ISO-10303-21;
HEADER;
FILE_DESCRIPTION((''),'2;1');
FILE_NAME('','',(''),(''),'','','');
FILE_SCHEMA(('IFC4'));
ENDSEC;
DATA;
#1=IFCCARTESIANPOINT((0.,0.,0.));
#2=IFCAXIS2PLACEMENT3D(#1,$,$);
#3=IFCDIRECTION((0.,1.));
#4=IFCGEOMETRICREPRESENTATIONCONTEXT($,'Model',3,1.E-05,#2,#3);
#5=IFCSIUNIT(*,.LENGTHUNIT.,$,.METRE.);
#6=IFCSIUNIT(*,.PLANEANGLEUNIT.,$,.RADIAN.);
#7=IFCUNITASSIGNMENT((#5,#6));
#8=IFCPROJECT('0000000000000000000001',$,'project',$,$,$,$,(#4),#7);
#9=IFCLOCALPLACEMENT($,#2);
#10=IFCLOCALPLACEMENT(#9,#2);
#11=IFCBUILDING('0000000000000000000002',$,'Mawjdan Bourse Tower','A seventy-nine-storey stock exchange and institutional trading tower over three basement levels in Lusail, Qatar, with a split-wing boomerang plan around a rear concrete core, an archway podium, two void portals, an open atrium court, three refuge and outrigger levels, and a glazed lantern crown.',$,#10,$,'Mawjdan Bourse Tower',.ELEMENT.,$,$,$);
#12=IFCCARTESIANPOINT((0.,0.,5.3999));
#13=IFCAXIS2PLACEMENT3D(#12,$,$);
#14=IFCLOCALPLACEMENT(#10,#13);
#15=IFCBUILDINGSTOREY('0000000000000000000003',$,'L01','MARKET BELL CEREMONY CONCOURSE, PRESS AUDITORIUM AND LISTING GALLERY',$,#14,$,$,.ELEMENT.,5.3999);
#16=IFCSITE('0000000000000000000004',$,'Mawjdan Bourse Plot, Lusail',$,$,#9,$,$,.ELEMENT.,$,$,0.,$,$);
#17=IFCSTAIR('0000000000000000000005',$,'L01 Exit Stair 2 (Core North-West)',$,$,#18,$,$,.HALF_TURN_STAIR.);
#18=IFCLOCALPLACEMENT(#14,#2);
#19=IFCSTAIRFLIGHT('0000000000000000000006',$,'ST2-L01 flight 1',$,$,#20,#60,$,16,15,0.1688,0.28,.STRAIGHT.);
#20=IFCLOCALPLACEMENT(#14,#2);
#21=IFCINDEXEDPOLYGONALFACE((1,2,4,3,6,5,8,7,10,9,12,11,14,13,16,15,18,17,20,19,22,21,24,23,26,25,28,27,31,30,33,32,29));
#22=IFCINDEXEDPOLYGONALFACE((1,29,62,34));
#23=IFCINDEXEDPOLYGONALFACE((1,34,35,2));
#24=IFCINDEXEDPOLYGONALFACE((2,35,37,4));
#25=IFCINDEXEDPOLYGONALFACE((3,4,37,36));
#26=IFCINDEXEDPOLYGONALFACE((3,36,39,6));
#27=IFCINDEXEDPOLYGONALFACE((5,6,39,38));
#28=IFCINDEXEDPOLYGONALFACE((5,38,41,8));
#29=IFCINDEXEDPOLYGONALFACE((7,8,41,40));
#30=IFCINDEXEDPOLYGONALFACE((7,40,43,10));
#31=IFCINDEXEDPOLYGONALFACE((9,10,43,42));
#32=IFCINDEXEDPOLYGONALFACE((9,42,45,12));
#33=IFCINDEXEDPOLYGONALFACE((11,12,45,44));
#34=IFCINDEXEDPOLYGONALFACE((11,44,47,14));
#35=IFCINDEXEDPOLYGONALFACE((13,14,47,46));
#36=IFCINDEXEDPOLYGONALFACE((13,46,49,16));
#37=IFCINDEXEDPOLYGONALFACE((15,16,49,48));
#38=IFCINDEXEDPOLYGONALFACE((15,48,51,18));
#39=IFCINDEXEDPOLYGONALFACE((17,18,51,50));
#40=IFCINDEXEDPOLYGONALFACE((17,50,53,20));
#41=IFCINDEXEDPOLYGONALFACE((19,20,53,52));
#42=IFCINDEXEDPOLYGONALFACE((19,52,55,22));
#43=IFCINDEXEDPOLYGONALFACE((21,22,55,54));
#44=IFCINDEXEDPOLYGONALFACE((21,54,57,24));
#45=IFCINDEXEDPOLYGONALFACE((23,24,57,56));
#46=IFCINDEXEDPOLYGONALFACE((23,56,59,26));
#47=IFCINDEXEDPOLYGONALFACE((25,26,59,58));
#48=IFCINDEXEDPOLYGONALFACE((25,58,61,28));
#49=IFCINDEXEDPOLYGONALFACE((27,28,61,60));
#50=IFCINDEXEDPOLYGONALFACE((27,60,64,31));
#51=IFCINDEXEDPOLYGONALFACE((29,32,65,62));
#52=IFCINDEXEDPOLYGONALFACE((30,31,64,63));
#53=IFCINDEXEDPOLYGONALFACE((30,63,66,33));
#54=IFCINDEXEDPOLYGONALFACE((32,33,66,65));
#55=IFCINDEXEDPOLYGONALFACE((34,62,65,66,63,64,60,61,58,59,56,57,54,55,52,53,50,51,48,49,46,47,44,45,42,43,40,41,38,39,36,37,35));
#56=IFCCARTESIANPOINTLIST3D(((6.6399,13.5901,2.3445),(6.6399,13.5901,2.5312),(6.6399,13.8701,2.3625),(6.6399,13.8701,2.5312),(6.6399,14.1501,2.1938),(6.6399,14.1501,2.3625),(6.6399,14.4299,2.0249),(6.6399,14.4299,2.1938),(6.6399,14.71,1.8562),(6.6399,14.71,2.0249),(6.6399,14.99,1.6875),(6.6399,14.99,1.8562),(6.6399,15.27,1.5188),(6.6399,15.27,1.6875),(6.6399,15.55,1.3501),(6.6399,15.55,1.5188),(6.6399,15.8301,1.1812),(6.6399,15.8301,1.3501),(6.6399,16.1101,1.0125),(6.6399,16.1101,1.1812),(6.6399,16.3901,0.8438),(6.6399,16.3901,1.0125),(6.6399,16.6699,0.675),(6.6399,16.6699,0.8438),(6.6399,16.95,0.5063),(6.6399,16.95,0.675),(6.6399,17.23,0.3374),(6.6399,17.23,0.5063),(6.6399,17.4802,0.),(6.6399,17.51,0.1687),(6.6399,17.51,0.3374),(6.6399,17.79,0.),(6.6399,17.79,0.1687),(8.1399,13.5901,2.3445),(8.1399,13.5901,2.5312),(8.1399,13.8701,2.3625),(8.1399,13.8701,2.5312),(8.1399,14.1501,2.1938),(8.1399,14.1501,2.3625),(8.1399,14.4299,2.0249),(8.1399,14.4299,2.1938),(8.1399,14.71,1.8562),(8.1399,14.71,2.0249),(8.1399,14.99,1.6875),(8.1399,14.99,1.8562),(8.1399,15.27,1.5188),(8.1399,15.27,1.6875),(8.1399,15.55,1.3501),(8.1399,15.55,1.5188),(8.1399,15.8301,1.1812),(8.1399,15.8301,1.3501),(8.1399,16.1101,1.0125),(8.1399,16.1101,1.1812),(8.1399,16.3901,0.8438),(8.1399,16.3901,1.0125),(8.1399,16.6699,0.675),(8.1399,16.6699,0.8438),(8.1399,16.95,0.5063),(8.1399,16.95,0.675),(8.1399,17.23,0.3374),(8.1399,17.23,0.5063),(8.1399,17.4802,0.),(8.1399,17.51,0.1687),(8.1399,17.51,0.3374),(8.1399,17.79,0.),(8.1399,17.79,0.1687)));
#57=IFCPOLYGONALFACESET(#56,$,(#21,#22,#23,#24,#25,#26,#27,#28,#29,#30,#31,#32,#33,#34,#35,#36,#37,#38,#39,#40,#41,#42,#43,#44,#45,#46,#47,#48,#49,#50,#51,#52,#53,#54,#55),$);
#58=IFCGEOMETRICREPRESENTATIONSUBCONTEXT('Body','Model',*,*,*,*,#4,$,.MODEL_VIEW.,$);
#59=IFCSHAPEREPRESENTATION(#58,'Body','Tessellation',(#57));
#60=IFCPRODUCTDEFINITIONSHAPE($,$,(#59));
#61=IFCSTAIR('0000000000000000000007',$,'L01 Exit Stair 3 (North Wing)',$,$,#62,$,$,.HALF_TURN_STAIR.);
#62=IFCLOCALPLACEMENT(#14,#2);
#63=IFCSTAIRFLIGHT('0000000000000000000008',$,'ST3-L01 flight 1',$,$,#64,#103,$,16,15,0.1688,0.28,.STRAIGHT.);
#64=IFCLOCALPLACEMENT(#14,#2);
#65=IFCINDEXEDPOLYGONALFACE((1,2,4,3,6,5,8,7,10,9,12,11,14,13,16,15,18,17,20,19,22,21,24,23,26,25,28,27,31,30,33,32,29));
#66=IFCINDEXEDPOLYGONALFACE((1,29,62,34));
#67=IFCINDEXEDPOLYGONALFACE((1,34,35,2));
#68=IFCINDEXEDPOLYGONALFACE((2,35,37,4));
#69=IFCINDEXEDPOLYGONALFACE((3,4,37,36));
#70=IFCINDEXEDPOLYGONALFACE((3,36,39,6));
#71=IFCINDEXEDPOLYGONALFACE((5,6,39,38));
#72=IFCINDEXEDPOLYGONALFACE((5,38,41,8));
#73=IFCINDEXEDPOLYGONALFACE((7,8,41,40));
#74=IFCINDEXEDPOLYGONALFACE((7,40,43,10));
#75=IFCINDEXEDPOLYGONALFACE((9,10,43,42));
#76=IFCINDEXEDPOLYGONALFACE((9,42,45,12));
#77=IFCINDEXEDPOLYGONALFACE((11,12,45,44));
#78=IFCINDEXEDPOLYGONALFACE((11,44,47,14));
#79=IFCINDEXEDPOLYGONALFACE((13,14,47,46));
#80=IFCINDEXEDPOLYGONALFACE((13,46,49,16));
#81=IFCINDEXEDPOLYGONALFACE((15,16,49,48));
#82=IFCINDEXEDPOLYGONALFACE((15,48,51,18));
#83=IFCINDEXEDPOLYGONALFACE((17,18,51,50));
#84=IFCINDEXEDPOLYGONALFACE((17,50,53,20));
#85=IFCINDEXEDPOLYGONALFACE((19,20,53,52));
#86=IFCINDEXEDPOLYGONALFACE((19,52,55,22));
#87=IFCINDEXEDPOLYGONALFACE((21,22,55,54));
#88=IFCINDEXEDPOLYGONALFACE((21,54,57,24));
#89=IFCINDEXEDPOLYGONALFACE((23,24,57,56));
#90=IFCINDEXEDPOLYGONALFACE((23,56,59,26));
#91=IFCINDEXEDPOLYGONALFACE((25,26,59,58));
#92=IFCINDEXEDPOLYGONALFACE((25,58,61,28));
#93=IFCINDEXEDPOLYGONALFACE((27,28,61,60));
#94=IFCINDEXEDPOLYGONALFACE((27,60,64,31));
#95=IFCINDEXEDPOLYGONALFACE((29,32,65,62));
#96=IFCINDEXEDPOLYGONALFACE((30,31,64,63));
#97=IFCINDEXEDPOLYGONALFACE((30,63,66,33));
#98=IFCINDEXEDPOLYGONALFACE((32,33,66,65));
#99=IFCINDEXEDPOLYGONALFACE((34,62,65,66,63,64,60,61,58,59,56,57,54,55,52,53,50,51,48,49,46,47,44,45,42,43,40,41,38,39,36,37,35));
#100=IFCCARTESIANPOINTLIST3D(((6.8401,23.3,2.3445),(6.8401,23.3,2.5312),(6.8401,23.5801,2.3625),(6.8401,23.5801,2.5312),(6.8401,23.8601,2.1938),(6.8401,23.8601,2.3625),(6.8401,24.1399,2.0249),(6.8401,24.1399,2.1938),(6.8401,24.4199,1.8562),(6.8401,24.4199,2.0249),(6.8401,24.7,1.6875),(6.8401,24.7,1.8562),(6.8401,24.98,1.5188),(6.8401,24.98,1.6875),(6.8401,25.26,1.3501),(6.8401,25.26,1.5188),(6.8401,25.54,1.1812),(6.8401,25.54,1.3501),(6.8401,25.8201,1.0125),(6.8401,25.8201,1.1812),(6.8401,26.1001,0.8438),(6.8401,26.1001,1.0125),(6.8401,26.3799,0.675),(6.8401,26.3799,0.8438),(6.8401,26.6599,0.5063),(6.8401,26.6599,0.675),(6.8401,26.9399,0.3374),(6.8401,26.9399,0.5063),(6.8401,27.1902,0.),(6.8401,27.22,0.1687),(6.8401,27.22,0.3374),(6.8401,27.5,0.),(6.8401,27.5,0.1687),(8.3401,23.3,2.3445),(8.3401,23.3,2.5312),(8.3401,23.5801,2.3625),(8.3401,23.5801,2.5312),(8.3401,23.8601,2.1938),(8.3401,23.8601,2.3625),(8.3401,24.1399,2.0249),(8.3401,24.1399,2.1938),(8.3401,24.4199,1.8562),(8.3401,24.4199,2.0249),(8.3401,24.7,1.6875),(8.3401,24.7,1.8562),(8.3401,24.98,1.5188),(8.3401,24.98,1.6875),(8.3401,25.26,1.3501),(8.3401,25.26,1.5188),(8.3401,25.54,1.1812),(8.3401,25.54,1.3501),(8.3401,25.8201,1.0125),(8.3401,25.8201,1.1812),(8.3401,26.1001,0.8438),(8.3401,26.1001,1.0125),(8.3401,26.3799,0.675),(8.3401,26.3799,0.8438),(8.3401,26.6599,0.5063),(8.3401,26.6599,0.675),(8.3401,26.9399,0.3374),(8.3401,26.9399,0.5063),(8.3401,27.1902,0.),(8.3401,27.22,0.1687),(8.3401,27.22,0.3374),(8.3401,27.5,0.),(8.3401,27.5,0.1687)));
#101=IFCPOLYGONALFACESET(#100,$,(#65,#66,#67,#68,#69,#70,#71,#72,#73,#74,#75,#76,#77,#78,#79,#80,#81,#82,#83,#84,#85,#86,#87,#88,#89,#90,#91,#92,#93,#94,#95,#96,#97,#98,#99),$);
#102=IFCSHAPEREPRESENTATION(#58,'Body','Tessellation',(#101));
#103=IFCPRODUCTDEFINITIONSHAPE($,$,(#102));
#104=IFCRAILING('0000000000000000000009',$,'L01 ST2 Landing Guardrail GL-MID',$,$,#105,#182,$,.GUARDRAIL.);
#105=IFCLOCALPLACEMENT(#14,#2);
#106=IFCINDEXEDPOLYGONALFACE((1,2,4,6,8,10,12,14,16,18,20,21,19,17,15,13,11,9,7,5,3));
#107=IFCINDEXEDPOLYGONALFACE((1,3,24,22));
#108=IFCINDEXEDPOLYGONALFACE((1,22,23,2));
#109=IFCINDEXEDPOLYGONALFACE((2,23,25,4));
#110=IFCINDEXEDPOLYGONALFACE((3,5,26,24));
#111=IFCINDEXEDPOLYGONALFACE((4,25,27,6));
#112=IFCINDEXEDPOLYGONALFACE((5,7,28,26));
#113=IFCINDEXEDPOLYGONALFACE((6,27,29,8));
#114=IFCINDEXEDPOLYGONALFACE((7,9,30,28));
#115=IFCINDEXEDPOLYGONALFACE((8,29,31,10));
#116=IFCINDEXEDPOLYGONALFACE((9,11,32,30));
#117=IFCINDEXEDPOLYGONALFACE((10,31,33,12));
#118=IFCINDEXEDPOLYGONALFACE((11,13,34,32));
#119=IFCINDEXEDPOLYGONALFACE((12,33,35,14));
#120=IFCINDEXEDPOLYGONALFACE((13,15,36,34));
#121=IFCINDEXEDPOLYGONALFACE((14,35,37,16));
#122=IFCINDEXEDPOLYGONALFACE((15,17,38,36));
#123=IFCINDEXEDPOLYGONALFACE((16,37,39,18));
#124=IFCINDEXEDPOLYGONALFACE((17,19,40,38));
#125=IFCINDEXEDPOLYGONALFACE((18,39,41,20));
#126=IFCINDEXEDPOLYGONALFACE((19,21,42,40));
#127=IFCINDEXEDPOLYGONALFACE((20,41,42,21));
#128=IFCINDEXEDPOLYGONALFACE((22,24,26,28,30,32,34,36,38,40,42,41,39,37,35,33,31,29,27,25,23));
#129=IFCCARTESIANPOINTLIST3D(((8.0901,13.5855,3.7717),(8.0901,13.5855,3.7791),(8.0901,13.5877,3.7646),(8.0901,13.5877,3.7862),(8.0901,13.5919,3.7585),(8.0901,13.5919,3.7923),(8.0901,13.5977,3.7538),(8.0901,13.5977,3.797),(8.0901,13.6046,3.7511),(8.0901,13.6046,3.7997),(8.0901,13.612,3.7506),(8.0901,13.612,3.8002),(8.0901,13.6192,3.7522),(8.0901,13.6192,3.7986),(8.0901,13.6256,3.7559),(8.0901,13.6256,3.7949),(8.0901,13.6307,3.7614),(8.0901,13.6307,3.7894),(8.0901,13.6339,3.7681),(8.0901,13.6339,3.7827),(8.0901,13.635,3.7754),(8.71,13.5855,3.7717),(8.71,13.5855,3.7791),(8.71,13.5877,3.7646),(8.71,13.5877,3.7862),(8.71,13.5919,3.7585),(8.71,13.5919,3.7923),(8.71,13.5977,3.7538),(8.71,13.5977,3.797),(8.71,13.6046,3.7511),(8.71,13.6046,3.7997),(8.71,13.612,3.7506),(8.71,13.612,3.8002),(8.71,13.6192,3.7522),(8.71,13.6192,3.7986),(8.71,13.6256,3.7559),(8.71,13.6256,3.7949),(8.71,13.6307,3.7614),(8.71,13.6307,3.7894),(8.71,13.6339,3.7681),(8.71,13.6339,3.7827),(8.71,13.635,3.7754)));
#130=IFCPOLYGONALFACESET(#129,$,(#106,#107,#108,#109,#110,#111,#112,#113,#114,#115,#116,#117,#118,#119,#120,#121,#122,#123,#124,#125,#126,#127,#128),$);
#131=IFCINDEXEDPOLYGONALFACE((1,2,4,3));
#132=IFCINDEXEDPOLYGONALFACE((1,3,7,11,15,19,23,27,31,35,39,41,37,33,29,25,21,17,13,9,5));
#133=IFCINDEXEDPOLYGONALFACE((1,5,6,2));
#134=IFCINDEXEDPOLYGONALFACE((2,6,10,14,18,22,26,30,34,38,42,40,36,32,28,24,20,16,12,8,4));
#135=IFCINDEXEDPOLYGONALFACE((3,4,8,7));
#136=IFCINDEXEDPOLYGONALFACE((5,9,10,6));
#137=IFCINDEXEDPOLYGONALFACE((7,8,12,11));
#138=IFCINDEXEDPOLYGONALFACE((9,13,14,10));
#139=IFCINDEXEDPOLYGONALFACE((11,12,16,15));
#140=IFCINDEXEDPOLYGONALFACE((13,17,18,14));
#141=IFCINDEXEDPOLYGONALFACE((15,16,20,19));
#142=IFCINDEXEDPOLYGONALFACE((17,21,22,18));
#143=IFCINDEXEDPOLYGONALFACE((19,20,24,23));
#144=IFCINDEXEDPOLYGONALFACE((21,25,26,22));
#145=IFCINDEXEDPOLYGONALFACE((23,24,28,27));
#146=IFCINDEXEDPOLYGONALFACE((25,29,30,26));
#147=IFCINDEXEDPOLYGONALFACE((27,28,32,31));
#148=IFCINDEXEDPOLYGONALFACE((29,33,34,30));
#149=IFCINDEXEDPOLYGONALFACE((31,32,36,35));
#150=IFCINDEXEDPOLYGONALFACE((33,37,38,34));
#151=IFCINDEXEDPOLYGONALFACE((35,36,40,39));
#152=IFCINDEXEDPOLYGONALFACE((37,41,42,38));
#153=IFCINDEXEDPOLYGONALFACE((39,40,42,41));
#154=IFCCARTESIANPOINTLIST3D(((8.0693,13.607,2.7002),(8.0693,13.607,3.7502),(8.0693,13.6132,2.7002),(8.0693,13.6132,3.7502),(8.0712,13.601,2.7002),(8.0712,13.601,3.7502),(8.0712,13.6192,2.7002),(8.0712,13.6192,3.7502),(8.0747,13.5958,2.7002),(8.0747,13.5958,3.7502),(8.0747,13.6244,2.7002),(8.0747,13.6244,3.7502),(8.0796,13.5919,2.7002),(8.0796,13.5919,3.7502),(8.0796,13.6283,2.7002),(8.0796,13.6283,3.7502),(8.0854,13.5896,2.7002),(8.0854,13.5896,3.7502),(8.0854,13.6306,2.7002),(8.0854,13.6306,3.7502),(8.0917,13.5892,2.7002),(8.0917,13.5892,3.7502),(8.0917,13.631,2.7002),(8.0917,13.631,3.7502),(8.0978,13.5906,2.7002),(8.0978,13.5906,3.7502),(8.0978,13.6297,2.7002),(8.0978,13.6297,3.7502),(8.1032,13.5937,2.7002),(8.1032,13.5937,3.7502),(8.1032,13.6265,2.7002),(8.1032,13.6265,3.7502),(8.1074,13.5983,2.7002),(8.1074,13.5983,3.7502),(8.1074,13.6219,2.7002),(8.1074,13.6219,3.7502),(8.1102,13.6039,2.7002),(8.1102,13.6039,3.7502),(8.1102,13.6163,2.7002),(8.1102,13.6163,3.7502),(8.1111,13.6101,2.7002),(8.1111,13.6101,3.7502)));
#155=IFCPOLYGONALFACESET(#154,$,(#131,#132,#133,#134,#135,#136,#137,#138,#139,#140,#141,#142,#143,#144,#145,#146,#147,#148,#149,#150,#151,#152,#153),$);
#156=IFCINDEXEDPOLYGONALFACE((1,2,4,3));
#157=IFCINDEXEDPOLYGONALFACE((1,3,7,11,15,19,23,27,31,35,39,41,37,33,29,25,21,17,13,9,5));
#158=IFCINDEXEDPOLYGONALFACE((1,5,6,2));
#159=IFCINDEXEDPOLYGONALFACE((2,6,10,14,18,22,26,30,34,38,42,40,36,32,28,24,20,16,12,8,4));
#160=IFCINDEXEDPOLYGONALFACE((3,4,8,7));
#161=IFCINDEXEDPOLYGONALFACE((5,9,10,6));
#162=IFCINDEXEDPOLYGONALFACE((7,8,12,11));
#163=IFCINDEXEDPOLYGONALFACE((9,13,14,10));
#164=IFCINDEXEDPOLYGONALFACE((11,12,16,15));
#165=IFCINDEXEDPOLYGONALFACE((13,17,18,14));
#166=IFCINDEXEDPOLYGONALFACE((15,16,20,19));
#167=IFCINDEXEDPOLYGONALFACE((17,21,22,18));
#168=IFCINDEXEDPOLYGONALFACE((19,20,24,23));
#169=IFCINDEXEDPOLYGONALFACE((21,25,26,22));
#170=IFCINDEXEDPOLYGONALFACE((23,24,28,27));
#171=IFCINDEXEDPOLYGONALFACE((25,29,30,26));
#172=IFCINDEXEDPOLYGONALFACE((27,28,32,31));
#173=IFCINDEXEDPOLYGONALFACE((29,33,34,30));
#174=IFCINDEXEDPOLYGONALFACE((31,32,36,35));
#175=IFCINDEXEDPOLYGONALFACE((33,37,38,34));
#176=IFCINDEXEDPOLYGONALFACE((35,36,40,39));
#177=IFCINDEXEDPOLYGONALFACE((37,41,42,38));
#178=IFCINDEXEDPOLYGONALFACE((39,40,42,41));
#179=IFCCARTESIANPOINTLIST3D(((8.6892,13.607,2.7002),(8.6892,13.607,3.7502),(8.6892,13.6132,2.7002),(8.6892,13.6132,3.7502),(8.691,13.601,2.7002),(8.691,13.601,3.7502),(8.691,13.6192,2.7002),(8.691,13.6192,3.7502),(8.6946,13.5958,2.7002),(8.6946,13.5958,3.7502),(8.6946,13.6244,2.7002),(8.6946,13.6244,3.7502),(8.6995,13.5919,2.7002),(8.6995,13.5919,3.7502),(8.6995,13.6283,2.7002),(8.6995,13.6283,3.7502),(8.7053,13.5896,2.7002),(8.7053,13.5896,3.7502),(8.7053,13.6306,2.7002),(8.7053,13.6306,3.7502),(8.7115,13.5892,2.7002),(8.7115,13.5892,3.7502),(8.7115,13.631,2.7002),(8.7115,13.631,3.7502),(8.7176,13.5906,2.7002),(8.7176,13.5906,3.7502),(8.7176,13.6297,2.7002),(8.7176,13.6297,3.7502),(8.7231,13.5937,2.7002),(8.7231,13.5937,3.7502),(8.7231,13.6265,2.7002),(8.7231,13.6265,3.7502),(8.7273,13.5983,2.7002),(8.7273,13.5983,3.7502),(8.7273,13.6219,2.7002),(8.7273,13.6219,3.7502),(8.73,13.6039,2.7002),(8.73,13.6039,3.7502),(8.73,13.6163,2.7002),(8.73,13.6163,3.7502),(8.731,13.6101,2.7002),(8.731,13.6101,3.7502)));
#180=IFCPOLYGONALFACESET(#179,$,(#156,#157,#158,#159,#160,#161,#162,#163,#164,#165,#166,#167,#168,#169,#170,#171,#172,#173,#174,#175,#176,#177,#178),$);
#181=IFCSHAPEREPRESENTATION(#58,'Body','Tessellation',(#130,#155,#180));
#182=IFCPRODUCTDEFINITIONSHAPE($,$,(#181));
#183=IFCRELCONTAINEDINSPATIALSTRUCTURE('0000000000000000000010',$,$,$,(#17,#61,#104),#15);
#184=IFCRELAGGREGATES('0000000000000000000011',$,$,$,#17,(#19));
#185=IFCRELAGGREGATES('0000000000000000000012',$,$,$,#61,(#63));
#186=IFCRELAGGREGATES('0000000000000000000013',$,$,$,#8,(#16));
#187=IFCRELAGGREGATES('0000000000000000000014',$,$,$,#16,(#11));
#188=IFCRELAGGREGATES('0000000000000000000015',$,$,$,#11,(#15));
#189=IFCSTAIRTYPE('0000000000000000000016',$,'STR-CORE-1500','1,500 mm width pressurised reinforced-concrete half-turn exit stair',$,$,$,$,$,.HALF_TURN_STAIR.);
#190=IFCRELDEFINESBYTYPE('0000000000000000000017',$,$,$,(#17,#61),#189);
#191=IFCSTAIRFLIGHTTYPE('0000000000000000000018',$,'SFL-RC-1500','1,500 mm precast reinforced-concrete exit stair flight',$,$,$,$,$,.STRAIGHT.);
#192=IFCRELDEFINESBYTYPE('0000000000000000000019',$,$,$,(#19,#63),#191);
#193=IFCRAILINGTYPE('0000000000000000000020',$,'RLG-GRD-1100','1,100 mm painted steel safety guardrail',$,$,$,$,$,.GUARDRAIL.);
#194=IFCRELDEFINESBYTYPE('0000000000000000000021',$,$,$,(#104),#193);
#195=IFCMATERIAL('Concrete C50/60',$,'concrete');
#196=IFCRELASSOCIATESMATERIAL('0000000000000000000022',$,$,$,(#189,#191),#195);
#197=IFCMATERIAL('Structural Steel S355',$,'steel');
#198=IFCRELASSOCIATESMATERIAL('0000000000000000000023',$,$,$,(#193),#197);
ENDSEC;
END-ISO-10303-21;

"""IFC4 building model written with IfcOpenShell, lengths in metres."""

from ifc_helpers import new_model, si_unit, direction, frame, origin, origin_2d, place, context, subcontext, project, spatial, polyline, circle, outline, extrude, material, type_object, element, aggregate, save


model = new_model("IFC4")

# Units and contexts
model_context = context("Model", 3, precision=1e-05, world=origin(), true_north=direction((0.0, 1.0)))
body_context = subcontext(model_context, "Body", "Model", "MODEL_VIEW")
ifc_project = project(units=[si_unit("LENGTHUNIT", "METRE"), si_unit("PLANEANGLEUNIT", "RADIAN")], contexts=[model_context])

# Site, building, storey
site_placement = place(None, origin())
site = spatial("IfcSite", under=ifc_project, at=site_placement, Name="Mawjdan Bourse Plot, Lusail", CompositionType="ELEMENT", RefElevation=0.0)
building_placement = place(site_placement, origin())
building = spatial("IfcBuilding", under=site, at=building_placement, Name="Mawjdan Bourse Tower", Description="A seventy-nine-storey stock exchange and institutional trading tower over three basement levels in Lusail, Qatar, with a split-wing boomerang plan around a rear concrete core, an archway podium, two void portals, an open atrium court, three refuge and outrigger levels, and a glazed lantern crown.", LongName="Mawjdan Bourse Tower", CompositionType="ELEMENT")
storey_placement = place(building_placement, frame((0.0, 0.0, 5.3999)))
storey = spatial("IfcBuildingStorey", under=building, at=storey_placement, Name="L01", Description="MARKET BELL CEREMONY CONCOURSE, PRESS AUDITORIUM AND LISTING GALLERY", CompositionType="ELEMENT", Elevation=5.3999)

# Shared definitions
ifc_material_1 = material(Name="Structural Steel S355", Category="steel")

# Shared definitions
ifc_material_2 = material(Name="Concrete C50/60", Category="concrete")

# Stairs, stair flights
stair_type = type_object("IfcStairType", Name="STR-CORE-1500", Description="1,500 mm width pressurised reinforced-concrete half-turn exit stair", PredefinedType="HALF_TURN_STAIR", material=ifc_material_2)
stair_1_placement = place(storey_placement, origin())
stair_1 = element("IfcStair", 1, at=stair_1_placement, inside=storey, type_object=stair_type, Name="L01 Exit Stair 2 (Core North-West)", PredefinedType="HALF_TURN_STAIR")
stair_flight_type = type_object("IfcStairFlightType", Name="SFL-RC-1500", Description="1,500 mm precast reinforced-concrete exit stair flight", PredefinedType="STRAIGHT", material=ifc_material_2)
stair_flight_1_placement = place(storey_placement, frame((7.3899, 17.79, 0.0), z_axis=(0.0, 0.0, 1.0), x_axis=(0.0, -1.0, 0.0)))
stair_flight_1 = element("IfcStairFlight", 2, at=stair_flight_1_placement, type_object=stair_flight_type, Name="ST2-L01 flight 1", NumberOfRisers=16, NumberOfTreads=15, PredefinedType="STRAIGHT", RiserHeight=0.1688, TreadLength=0.28, context=body_context, shape_type="SweptSolid", body=[
    extrude(outline(polyline([(0.0, 0.0), (0.0, 0.1687), (0.28, 0.1687), (0.28, 0.3374), (0.5601, 0.3374), (0.5601, 0.5063), (0.8401, 0.5063), (0.8401, 0.675), (1.1201, 0.675), (1.1201, 0.8438), (1.3999, 0.8438), (1.3999, 1.0125), (1.6799, 1.0125), (1.6799, 1.1812), (1.96, 1.1812), (1.96, 1.3501), (2.24, 1.3501), (2.24, 1.5188), (2.52, 1.5188), (2.52, 1.6875), (2.8, 1.6875), (2.8, 1.8562), (3.0801, 1.8562), (3.0801, 2.0249), (3.3601, 2.0249), (3.3601, 2.1938), (3.6399, 2.1938), (3.6399, 2.3625), (3.9199, 2.3625), (3.9199, 2.5312), (4.2, 2.5312), (4.2, 2.7), (4.2, 2.3445), (0.3098, 0.0), (0.0, 0.0)])), frame((0.0, 0.75, 0.0), z_axis=(0.0, -1.0, 0.0), x_axis=(1.0, 0.0, 0.0)), (0.0, 0.0, 1.0), 1.5),
])
aggregate(stair_1, [stair_flight_1])
stair_2_placement = place(storey_placement, origin())
stair_2 = element("IfcStair", 3, at=stair_2_placement, inside=storey, type_object=stair_type, Name="L01 Exit Stair 3 (North Wing)", PredefinedType="HALF_TURN_STAIR")
stair_flight_2_placement = place(storey_placement, frame((7.5901, 27.5, 0.0), z_axis=(0.0, 0.0, 1.0), x_axis=(0.0, -1.0, 0.0)))
stair_flight_2 = element("IfcStairFlight", 4, at=stair_flight_2_placement, type_object=stair_flight_type, Name="ST3-L01 flight 1", NumberOfRisers=16, NumberOfTreads=15, PredefinedType="STRAIGHT", RiserHeight=0.1688, TreadLength=0.28, context=body_context, shape_type="SweptSolid", body=[
    extrude(outline(polyline([(0.0, 0.0), (0.0, 0.1687), (0.28, 0.1687), (0.28, 0.3374), (0.5601, 0.3374), (0.5601, 0.5063), (0.8401, 0.5063), (0.8401, 0.675), (1.1201, 0.675), (1.1201, 0.8438), (1.3999, 0.8438), (1.3999, 1.0125), (1.6799, 1.0125), (1.6799, 1.1812), (1.96, 1.1812), (1.96, 1.3501), (2.24, 1.3501), (2.24, 1.5188), (2.52, 1.5188), (2.52, 1.6875), (2.8, 1.6875), (2.8, 1.8562), (3.0801, 1.8562), (3.0801, 2.0249), (3.3601, 2.0249), (3.3601, 2.1938), (3.6399, 2.1938), (3.6399, 2.3625), (3.9199, 2.3625), (3.9199, 2.5312), (4.2, 2.5312), (4.2, 2.7), (4.2, 2.3445), (0.3098, 0.0), (0.0, 0.0)])), frame((0.0, 0.75, 0.0), z_axis=(0.0, -1.0, 0.0), x_axis=(1.0, 0.0, 0.0)), (0.0, 0.0, 1.0), 1.5),
])
aggregate(stair_2, [stair_flight_2])

# Railing
railing_type_1 = type_object("IfcRailingType", Name="RLG-GRD-1100", Description="1,100 mm painted steel safety guardrail", PredefinedType="GUARDRAIL", material=ifc_material_1)
for number, where, name in (
    (5, (8.0901, 13.6101, 2.7002), "L01 ST2 Landing Guardrail GL-MID"),
):
    element("IfcRailing", number, at=place(storey_placement, frame(where)), inside=storey, type_object=railing_type_1, Name=name, PredefinedType="GUARDRAIL", context=body_context, shape_type="SweptSolid", body=[
        extrude(circle(Radius=0.0249, at=origin_2d()), frame((0.0, 0.0, 1.0752), z_axis=(1.0, 0.0, 0.0), x_axis=(0.0, 1.0, 0.0)), (0.0, 0.0, 1.0), 0.6199),
        extrude(circle(Radius=0.021, at=origin_2d()), origin(), (0.0, 0.0, 1.0), 1.05),
        extrude(circle(Radius=0.021, at=origin_2d()), frame((0.6199, 0.0, 0.0)), (0.0, 0.0, 1.0), 1.05),
    ])

save(model, "model.ifc")
